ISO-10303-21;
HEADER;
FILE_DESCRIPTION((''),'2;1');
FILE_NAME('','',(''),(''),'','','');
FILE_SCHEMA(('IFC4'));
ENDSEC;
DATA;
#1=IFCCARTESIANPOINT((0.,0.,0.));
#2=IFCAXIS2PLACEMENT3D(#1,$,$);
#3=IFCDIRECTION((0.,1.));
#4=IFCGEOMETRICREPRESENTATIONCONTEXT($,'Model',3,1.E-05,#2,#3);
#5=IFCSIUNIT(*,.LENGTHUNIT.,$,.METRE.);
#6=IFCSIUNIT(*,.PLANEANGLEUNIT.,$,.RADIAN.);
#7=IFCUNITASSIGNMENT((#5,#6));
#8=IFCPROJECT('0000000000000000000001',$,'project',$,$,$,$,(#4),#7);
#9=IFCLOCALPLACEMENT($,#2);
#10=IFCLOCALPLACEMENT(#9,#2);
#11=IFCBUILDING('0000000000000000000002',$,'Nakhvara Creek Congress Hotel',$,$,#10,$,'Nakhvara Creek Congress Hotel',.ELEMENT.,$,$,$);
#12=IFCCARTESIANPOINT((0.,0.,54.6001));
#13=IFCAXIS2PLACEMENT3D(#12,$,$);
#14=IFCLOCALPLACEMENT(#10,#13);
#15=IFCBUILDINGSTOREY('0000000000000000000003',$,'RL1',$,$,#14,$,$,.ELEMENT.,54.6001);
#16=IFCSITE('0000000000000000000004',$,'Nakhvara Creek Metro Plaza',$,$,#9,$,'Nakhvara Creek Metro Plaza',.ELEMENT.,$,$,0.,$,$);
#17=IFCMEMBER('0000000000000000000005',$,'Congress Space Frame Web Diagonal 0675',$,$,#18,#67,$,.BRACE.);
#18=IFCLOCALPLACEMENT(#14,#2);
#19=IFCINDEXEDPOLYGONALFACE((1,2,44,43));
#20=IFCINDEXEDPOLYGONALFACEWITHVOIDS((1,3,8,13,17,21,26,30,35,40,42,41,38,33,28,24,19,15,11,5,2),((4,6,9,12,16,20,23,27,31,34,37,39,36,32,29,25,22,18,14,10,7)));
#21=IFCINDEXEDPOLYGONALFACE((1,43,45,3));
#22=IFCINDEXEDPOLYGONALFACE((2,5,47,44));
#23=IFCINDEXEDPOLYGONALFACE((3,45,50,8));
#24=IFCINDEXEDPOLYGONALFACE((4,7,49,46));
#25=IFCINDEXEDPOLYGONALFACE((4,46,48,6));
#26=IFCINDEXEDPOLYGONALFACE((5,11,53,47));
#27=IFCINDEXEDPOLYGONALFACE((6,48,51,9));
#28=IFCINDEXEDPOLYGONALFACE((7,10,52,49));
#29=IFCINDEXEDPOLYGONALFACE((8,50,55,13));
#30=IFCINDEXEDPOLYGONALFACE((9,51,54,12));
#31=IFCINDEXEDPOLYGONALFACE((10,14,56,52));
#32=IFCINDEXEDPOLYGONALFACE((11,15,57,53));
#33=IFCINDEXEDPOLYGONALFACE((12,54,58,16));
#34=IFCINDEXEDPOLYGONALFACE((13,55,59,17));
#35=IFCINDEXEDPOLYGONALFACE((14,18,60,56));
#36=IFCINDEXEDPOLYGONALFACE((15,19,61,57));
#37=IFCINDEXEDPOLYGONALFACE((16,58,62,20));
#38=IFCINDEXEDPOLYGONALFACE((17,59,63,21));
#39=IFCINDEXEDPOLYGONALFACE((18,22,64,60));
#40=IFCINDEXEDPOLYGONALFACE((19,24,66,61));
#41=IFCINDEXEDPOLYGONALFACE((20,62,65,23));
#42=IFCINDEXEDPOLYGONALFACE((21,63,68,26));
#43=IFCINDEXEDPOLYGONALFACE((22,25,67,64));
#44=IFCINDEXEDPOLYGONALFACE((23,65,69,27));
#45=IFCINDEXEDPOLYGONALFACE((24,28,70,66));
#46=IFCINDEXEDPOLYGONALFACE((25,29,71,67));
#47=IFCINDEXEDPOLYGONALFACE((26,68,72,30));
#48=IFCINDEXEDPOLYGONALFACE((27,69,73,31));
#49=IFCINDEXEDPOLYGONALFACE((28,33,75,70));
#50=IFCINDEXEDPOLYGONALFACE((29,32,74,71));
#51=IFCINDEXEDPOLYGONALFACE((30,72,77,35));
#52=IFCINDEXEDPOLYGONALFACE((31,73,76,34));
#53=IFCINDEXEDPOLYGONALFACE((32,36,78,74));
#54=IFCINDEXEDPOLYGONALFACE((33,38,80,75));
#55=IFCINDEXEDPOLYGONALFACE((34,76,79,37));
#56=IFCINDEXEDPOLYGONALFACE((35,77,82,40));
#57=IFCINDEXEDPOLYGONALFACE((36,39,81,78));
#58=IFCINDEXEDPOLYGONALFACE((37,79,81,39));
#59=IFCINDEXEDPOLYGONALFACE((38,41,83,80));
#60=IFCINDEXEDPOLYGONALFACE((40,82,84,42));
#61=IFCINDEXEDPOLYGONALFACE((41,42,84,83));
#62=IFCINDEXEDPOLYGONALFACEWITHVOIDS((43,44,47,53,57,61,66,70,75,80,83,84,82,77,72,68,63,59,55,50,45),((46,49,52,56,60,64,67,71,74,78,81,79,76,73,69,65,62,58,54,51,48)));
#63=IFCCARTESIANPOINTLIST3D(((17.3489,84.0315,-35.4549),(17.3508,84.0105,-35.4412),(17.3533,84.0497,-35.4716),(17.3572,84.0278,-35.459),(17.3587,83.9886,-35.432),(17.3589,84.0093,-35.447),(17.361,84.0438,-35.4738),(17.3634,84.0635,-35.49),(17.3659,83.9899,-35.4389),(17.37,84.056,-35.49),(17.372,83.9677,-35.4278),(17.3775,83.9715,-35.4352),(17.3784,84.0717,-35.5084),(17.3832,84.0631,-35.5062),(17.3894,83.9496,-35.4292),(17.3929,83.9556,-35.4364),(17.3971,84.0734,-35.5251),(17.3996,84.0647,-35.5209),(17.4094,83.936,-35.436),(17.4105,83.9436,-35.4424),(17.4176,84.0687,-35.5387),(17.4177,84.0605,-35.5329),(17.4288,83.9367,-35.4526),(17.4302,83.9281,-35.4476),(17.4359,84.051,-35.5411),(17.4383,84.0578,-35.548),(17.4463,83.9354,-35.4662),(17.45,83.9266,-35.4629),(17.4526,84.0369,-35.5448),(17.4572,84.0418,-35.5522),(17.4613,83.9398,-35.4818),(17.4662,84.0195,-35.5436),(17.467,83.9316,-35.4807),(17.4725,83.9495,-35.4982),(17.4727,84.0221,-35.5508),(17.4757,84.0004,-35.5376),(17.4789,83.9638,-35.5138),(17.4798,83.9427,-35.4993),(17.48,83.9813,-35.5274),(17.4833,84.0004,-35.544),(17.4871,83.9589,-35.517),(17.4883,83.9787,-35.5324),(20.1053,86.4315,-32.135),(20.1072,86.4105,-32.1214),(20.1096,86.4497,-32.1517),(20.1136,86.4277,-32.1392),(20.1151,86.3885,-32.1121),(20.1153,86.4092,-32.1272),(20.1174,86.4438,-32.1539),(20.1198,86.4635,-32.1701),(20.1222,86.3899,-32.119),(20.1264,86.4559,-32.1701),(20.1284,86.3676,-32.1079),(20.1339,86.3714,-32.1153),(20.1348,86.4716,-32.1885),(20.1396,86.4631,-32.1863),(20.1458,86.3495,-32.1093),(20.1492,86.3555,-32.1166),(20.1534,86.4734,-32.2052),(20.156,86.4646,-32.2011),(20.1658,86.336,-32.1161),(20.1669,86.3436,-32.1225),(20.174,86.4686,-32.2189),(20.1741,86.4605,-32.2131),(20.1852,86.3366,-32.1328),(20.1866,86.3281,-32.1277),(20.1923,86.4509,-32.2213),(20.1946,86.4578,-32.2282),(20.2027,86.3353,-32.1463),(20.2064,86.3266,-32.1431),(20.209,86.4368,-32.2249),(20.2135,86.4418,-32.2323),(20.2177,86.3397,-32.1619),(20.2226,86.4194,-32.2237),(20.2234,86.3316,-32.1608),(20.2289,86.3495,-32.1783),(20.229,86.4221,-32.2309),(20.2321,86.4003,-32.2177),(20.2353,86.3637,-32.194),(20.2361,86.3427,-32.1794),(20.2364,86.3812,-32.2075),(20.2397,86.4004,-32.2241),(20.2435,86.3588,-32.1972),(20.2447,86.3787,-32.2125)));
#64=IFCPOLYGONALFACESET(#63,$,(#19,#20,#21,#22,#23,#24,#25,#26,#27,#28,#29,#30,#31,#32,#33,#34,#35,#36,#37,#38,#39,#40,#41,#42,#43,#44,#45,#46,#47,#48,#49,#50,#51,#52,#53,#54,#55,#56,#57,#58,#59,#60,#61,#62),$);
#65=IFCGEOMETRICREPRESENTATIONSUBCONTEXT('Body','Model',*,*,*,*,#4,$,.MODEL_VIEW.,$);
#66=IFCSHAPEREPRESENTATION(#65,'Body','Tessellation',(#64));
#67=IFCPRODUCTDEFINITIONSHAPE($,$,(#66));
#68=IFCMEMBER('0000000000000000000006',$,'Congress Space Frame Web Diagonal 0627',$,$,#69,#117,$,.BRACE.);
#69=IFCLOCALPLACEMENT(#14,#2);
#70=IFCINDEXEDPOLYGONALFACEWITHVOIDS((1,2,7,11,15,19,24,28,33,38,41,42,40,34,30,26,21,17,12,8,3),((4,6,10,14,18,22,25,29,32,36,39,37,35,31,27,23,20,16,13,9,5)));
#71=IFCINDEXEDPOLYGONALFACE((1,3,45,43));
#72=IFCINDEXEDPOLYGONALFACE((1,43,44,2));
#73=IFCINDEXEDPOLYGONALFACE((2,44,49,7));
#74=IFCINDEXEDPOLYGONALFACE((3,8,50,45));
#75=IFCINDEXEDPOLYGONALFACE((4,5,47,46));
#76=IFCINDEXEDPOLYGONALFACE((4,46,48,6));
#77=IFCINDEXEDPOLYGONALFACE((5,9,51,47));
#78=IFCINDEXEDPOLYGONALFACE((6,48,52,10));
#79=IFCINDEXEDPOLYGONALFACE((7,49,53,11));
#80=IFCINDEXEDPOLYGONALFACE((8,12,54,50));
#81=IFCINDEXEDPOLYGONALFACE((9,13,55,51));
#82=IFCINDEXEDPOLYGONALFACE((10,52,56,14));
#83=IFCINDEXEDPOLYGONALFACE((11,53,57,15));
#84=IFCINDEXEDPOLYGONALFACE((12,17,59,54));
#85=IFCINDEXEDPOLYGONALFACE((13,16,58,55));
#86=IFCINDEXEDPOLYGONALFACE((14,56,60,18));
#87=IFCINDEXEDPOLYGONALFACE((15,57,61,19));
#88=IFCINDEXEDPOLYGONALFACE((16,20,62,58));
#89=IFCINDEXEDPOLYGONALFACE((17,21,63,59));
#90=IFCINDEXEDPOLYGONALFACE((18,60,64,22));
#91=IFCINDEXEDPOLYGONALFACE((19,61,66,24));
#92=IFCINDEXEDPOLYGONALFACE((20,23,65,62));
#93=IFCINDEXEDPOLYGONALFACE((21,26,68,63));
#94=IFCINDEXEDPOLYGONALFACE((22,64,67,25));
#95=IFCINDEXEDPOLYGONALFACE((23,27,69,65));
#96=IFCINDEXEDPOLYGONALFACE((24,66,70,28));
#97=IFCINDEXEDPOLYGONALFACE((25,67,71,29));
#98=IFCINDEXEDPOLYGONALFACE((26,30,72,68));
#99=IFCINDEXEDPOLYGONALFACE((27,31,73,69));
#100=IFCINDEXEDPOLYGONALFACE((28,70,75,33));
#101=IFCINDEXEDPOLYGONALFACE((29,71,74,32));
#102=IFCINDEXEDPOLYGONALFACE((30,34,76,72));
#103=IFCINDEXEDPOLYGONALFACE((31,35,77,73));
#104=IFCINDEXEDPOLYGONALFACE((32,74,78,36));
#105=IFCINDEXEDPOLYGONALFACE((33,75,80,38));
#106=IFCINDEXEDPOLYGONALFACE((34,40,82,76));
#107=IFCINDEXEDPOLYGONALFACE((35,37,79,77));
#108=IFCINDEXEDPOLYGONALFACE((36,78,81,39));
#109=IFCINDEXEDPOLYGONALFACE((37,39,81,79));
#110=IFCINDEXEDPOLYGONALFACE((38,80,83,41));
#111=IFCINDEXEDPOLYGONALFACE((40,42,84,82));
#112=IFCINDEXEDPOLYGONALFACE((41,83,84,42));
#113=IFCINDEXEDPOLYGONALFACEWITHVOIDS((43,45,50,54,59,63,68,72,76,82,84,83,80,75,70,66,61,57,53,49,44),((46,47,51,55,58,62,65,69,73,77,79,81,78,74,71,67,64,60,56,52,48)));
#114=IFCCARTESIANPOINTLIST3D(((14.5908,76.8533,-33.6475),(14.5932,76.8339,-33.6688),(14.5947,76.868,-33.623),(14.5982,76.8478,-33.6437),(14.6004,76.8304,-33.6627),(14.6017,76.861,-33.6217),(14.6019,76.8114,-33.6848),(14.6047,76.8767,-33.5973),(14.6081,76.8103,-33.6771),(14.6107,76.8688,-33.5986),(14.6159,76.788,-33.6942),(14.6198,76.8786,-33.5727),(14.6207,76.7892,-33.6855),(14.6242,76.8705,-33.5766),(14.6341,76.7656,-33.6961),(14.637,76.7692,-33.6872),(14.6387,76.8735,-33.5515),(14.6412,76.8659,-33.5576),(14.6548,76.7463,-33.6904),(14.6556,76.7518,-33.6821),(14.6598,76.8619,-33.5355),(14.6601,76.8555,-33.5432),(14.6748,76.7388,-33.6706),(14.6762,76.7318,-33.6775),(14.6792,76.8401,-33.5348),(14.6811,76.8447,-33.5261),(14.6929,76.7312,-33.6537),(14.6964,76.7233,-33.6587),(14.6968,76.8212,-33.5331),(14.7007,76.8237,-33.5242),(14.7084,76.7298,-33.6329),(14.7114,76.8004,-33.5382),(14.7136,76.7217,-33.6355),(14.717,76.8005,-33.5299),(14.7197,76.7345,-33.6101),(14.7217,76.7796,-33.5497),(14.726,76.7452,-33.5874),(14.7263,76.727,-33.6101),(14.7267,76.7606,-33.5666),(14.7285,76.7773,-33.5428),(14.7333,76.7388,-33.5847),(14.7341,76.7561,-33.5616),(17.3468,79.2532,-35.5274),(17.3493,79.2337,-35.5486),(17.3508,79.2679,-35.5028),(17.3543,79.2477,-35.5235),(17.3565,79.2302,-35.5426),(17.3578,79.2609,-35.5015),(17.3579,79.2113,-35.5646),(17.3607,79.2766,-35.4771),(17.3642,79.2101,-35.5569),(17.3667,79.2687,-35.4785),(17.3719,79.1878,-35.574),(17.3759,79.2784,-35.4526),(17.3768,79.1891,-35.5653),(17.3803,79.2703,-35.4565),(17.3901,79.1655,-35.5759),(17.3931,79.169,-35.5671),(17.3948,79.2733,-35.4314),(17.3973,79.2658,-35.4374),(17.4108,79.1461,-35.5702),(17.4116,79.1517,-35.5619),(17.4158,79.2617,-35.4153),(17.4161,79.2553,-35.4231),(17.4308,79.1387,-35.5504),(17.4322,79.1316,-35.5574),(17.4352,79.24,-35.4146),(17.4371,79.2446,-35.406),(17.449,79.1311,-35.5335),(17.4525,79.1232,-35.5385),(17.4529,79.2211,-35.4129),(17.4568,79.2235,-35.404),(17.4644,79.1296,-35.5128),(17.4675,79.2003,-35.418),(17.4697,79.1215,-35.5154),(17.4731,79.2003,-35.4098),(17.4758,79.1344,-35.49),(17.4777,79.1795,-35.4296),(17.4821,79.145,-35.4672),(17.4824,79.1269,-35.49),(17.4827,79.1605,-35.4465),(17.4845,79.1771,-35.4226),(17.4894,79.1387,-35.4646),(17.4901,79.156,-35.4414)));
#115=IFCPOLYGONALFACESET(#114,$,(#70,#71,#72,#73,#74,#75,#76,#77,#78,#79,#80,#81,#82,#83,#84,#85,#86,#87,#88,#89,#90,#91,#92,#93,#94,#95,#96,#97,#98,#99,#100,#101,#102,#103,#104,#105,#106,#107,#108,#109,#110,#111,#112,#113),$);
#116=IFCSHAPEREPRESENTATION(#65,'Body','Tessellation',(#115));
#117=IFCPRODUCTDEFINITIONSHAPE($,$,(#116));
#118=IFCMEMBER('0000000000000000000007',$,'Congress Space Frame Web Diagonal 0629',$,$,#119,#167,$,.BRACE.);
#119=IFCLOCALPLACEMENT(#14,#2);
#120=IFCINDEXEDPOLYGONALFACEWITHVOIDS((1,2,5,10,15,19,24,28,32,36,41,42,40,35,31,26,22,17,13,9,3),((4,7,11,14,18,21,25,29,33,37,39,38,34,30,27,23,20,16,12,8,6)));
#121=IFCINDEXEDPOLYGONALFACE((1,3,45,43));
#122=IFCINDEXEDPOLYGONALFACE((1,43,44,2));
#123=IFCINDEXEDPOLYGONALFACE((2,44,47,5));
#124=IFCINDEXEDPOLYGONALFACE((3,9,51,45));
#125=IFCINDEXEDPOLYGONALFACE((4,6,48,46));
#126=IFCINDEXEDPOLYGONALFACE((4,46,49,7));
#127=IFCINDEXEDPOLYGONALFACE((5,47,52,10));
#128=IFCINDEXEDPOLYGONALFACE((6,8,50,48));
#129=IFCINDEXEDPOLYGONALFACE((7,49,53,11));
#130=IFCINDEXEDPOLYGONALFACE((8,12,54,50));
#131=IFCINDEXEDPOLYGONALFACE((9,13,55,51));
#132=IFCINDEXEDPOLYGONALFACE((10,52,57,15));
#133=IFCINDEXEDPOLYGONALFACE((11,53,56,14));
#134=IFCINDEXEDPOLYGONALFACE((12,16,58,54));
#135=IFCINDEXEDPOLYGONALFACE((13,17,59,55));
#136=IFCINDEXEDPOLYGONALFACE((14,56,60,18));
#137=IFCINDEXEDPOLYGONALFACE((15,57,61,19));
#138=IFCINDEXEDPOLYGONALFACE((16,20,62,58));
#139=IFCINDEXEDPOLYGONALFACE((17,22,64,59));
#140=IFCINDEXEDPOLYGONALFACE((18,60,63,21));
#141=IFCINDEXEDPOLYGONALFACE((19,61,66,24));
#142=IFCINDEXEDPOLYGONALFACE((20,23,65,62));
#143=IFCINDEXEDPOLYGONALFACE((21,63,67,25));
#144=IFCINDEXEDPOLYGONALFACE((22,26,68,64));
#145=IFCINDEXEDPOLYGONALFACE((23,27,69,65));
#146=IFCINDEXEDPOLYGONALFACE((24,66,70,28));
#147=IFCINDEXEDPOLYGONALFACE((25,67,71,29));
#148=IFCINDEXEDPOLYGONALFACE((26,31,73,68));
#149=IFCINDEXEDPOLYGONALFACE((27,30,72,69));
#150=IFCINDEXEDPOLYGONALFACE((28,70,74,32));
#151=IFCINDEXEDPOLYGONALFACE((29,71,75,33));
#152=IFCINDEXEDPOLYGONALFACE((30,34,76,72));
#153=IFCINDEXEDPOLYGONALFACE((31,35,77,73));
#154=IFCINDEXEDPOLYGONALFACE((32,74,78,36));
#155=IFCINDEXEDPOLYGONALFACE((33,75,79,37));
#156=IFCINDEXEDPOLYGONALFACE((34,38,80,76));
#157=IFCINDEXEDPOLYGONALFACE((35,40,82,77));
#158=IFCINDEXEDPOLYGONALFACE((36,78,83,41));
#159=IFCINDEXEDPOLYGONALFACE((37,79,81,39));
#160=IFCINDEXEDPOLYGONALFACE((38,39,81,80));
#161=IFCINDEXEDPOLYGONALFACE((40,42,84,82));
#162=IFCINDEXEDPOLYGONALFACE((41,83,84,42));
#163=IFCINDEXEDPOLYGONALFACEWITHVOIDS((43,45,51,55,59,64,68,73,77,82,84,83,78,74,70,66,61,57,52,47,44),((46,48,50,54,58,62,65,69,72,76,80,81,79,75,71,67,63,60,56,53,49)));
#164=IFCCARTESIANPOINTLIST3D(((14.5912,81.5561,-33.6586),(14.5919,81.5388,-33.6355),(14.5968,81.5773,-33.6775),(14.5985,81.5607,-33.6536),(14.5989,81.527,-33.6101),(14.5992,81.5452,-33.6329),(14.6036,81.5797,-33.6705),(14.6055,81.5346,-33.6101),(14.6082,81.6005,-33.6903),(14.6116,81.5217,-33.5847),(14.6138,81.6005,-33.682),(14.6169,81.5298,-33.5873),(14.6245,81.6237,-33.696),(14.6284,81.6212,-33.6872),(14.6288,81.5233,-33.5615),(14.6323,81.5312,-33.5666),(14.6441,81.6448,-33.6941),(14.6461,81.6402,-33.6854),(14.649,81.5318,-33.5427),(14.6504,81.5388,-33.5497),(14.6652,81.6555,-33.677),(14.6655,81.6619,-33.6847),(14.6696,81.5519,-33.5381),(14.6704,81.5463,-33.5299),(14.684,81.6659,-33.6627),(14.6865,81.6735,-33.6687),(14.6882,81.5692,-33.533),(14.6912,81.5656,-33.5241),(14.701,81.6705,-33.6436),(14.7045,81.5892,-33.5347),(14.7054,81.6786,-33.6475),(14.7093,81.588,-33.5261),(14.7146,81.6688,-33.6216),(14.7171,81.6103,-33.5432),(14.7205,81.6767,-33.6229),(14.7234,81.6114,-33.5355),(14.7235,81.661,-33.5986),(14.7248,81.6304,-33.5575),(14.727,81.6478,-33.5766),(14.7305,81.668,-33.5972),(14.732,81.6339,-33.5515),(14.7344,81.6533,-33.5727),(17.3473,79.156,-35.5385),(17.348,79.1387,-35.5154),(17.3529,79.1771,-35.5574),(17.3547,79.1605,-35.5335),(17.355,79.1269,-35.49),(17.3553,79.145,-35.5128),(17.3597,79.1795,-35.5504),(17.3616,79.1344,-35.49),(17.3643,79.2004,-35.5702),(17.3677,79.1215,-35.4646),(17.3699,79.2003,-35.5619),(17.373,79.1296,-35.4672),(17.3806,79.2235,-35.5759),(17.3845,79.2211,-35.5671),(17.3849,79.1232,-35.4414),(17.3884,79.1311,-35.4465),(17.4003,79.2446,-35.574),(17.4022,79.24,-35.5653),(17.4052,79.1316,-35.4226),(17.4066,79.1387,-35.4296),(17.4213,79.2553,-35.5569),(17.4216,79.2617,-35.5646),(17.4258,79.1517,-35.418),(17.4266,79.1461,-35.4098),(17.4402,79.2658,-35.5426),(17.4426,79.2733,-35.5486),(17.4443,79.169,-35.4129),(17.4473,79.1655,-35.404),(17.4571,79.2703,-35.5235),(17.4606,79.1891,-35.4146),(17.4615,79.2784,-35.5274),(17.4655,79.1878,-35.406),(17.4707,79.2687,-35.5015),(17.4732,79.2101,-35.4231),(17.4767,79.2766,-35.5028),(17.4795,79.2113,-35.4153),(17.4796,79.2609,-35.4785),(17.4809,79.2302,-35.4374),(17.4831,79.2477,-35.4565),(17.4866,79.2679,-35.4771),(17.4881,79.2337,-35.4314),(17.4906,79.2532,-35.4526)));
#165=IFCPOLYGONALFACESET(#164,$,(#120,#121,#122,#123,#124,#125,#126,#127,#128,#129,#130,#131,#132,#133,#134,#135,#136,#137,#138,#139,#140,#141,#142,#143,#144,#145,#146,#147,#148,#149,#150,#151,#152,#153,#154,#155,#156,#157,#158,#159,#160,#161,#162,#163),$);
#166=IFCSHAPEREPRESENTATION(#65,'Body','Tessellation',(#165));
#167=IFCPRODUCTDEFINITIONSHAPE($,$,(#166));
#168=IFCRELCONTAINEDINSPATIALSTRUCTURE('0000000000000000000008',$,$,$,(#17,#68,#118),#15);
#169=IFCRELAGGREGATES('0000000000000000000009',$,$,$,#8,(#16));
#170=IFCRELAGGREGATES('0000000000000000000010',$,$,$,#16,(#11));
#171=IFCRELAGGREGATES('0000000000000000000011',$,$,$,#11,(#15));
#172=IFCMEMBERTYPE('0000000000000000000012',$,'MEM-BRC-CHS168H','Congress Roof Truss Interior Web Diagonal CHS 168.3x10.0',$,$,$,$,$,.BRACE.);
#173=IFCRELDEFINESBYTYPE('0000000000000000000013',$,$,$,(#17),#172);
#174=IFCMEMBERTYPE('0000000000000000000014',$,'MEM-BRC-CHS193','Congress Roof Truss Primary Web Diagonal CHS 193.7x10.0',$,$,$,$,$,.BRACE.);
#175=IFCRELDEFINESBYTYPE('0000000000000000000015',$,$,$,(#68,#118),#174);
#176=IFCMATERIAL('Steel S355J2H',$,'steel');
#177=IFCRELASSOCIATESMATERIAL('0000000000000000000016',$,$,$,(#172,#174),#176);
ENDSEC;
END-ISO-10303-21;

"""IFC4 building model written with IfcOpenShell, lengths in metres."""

from ifc_helpers import new_model, si_unit, direction, frame, origin, origin_2d, place, context, subcontext, project, spatial, hollow_circle, extrude, material, material_profile, profile_set, type_object, element, save


model = new_model("IFC4")

# Units and contexts
model_context = context("Model", 3, precision=1e-05, world=origin(), true_north=direction((0.0, 1.0)))
body_context = subcontext(model_context, "Body", "Model", "MODEL_VIEW")
ifc_project = project(units=[si_unit("LENGTHUNIT", "METRE"), si_unit("PLANEANGLEUNIT", "RADIAN")], contexts=[model_context])

# Site, building, storey
site_placement = place(None, origin())
site = spatial("IfcSite", under=ifc_project, at=site_placement, Name="Nakhvara Creek Metro Plaza", LongName="Nakhvara Creek Metro Plaza", CompositionType="ELEMENT", RefElevation=0.0)
building_placement = place(site_placement, origin())
building = spatial("IfcBuilding", under=site, at=building_placement, Name="Nakhvara Creek Congress Hotel", LongName="Nakhvara Creek Congress Hotel", CompositionType="ELEMENT")
storey_placement = place(building_placement, frame((0.0, 0.0, 54.6001)))
storey = spatial("IfcBuildingStorey", under=building, at=storey_placement, Name="RL1", CompositionType="ELEMENT", Elevation=54.6001)

# Members
ifc_material_1 = material(Name="Steel S355J2H", Category="steel")
ifc_material_profile_1 = material_profile(ifc_material_1, hollow_circle(Radius=0.0842, WallThickness=0.01, at=origin_2d()), Name="CHS 168.3x10.0", Category="LoadBearing")
ifc_profile_set_1 = profile_set([ifc_material_profile_1], Name="Steel S355J2H")
member_type_1 = type_object("IfcMemberType", Name="MEM-BRC-CHS168H", Description="Congress Roof Truss Interior Web Diagonal CHS 168.3x10.0", PredefinedType="BRACE", material=ifc_profile_set_1)
for number, where, z_axis, x_axis, name in (
    (1, (17.4187, 84.0, -35.49), (0.558256, 0.486063, 0.672379), (-0.656658, 0.754188, 0.0), "Congress Space Frame Web Diagonal 0675"),
):
    element("IfcMember", number, at=place(storey_placement, frame(where, z_axis=z_axis, x_axis=x_axis)), inside=storey, type_object=member_type_1, Name=name, PredefinedType="BRACE", context=body_context, shape_type="SweptSolid", body=[
        extrude(hollow_circle(Radius=0.0842, WallThickness=0.01, at=origin_2d()), origin(), (0.0, 0.0, 1.0), 4.9375),
    ])
ifc_material_profile_2 = material_profile(ifc_material_1, hollow_circle(Radius=0.0969, WallThickness=0.01, at=origin_2d()), Name="CHS 193.7x10.0", Category="LoadBearing")
ifc_profile_set_2 = profile_set([ifc_material_profile_2], Name="Steel S355J2H")
member_type_2 = type_object("IfcMemberType", Name="MEM-BRC-CHS193", Description="Congress Roof Truss Primary Web Diagonal CHS 193.7x10.0", PredefinedType="BRACE", material=ifc_profile_set_2)
member_1_placement = place(storey_placement, frame((17.4187, 79.2, -35.49), z_axis=(-0.670634, -0.583961, 0.457426), x_axis=(0.656691, -0.75416, 0.0)))
element("IfcMember", 2, at=member_1_placement, inside=storey, type_object=member_type_2, Name="Congress Space Frame Web Diagonal 0627", PredefinedType="BRACE", context=body_context, shape_type="SweptSolid", body=[
    extrude(hollow_circle(Radius=0.0969, WallThickness=0.01, at=origin_2d()), origin(), (0.0, 0.0, 1.0), 4.1096),
])
member_2_placement = place(storey_placement, frame((17.4187, 79.2, -35.49), z_axis=(-0.670611, 0.584, 0.45741), x_axis=(-0.656729, -0.754126, 0.0)))
element("IfcMember", 3, at=member_2_placement, inside=storey, type_object=member_type_2, Name="Congress Space Frame Web Diagonal 0629", PredefinedType="BRACE", context=body_context, shape_type="SweptSolid", body=[
    extrude(hollow_circle(Radius=0.0969, WallThickness=0.01, at=origin_2d()), origin(), (0.0, 0.0, 1.0), 4.1099),
])

save(model, "model.ifc")
